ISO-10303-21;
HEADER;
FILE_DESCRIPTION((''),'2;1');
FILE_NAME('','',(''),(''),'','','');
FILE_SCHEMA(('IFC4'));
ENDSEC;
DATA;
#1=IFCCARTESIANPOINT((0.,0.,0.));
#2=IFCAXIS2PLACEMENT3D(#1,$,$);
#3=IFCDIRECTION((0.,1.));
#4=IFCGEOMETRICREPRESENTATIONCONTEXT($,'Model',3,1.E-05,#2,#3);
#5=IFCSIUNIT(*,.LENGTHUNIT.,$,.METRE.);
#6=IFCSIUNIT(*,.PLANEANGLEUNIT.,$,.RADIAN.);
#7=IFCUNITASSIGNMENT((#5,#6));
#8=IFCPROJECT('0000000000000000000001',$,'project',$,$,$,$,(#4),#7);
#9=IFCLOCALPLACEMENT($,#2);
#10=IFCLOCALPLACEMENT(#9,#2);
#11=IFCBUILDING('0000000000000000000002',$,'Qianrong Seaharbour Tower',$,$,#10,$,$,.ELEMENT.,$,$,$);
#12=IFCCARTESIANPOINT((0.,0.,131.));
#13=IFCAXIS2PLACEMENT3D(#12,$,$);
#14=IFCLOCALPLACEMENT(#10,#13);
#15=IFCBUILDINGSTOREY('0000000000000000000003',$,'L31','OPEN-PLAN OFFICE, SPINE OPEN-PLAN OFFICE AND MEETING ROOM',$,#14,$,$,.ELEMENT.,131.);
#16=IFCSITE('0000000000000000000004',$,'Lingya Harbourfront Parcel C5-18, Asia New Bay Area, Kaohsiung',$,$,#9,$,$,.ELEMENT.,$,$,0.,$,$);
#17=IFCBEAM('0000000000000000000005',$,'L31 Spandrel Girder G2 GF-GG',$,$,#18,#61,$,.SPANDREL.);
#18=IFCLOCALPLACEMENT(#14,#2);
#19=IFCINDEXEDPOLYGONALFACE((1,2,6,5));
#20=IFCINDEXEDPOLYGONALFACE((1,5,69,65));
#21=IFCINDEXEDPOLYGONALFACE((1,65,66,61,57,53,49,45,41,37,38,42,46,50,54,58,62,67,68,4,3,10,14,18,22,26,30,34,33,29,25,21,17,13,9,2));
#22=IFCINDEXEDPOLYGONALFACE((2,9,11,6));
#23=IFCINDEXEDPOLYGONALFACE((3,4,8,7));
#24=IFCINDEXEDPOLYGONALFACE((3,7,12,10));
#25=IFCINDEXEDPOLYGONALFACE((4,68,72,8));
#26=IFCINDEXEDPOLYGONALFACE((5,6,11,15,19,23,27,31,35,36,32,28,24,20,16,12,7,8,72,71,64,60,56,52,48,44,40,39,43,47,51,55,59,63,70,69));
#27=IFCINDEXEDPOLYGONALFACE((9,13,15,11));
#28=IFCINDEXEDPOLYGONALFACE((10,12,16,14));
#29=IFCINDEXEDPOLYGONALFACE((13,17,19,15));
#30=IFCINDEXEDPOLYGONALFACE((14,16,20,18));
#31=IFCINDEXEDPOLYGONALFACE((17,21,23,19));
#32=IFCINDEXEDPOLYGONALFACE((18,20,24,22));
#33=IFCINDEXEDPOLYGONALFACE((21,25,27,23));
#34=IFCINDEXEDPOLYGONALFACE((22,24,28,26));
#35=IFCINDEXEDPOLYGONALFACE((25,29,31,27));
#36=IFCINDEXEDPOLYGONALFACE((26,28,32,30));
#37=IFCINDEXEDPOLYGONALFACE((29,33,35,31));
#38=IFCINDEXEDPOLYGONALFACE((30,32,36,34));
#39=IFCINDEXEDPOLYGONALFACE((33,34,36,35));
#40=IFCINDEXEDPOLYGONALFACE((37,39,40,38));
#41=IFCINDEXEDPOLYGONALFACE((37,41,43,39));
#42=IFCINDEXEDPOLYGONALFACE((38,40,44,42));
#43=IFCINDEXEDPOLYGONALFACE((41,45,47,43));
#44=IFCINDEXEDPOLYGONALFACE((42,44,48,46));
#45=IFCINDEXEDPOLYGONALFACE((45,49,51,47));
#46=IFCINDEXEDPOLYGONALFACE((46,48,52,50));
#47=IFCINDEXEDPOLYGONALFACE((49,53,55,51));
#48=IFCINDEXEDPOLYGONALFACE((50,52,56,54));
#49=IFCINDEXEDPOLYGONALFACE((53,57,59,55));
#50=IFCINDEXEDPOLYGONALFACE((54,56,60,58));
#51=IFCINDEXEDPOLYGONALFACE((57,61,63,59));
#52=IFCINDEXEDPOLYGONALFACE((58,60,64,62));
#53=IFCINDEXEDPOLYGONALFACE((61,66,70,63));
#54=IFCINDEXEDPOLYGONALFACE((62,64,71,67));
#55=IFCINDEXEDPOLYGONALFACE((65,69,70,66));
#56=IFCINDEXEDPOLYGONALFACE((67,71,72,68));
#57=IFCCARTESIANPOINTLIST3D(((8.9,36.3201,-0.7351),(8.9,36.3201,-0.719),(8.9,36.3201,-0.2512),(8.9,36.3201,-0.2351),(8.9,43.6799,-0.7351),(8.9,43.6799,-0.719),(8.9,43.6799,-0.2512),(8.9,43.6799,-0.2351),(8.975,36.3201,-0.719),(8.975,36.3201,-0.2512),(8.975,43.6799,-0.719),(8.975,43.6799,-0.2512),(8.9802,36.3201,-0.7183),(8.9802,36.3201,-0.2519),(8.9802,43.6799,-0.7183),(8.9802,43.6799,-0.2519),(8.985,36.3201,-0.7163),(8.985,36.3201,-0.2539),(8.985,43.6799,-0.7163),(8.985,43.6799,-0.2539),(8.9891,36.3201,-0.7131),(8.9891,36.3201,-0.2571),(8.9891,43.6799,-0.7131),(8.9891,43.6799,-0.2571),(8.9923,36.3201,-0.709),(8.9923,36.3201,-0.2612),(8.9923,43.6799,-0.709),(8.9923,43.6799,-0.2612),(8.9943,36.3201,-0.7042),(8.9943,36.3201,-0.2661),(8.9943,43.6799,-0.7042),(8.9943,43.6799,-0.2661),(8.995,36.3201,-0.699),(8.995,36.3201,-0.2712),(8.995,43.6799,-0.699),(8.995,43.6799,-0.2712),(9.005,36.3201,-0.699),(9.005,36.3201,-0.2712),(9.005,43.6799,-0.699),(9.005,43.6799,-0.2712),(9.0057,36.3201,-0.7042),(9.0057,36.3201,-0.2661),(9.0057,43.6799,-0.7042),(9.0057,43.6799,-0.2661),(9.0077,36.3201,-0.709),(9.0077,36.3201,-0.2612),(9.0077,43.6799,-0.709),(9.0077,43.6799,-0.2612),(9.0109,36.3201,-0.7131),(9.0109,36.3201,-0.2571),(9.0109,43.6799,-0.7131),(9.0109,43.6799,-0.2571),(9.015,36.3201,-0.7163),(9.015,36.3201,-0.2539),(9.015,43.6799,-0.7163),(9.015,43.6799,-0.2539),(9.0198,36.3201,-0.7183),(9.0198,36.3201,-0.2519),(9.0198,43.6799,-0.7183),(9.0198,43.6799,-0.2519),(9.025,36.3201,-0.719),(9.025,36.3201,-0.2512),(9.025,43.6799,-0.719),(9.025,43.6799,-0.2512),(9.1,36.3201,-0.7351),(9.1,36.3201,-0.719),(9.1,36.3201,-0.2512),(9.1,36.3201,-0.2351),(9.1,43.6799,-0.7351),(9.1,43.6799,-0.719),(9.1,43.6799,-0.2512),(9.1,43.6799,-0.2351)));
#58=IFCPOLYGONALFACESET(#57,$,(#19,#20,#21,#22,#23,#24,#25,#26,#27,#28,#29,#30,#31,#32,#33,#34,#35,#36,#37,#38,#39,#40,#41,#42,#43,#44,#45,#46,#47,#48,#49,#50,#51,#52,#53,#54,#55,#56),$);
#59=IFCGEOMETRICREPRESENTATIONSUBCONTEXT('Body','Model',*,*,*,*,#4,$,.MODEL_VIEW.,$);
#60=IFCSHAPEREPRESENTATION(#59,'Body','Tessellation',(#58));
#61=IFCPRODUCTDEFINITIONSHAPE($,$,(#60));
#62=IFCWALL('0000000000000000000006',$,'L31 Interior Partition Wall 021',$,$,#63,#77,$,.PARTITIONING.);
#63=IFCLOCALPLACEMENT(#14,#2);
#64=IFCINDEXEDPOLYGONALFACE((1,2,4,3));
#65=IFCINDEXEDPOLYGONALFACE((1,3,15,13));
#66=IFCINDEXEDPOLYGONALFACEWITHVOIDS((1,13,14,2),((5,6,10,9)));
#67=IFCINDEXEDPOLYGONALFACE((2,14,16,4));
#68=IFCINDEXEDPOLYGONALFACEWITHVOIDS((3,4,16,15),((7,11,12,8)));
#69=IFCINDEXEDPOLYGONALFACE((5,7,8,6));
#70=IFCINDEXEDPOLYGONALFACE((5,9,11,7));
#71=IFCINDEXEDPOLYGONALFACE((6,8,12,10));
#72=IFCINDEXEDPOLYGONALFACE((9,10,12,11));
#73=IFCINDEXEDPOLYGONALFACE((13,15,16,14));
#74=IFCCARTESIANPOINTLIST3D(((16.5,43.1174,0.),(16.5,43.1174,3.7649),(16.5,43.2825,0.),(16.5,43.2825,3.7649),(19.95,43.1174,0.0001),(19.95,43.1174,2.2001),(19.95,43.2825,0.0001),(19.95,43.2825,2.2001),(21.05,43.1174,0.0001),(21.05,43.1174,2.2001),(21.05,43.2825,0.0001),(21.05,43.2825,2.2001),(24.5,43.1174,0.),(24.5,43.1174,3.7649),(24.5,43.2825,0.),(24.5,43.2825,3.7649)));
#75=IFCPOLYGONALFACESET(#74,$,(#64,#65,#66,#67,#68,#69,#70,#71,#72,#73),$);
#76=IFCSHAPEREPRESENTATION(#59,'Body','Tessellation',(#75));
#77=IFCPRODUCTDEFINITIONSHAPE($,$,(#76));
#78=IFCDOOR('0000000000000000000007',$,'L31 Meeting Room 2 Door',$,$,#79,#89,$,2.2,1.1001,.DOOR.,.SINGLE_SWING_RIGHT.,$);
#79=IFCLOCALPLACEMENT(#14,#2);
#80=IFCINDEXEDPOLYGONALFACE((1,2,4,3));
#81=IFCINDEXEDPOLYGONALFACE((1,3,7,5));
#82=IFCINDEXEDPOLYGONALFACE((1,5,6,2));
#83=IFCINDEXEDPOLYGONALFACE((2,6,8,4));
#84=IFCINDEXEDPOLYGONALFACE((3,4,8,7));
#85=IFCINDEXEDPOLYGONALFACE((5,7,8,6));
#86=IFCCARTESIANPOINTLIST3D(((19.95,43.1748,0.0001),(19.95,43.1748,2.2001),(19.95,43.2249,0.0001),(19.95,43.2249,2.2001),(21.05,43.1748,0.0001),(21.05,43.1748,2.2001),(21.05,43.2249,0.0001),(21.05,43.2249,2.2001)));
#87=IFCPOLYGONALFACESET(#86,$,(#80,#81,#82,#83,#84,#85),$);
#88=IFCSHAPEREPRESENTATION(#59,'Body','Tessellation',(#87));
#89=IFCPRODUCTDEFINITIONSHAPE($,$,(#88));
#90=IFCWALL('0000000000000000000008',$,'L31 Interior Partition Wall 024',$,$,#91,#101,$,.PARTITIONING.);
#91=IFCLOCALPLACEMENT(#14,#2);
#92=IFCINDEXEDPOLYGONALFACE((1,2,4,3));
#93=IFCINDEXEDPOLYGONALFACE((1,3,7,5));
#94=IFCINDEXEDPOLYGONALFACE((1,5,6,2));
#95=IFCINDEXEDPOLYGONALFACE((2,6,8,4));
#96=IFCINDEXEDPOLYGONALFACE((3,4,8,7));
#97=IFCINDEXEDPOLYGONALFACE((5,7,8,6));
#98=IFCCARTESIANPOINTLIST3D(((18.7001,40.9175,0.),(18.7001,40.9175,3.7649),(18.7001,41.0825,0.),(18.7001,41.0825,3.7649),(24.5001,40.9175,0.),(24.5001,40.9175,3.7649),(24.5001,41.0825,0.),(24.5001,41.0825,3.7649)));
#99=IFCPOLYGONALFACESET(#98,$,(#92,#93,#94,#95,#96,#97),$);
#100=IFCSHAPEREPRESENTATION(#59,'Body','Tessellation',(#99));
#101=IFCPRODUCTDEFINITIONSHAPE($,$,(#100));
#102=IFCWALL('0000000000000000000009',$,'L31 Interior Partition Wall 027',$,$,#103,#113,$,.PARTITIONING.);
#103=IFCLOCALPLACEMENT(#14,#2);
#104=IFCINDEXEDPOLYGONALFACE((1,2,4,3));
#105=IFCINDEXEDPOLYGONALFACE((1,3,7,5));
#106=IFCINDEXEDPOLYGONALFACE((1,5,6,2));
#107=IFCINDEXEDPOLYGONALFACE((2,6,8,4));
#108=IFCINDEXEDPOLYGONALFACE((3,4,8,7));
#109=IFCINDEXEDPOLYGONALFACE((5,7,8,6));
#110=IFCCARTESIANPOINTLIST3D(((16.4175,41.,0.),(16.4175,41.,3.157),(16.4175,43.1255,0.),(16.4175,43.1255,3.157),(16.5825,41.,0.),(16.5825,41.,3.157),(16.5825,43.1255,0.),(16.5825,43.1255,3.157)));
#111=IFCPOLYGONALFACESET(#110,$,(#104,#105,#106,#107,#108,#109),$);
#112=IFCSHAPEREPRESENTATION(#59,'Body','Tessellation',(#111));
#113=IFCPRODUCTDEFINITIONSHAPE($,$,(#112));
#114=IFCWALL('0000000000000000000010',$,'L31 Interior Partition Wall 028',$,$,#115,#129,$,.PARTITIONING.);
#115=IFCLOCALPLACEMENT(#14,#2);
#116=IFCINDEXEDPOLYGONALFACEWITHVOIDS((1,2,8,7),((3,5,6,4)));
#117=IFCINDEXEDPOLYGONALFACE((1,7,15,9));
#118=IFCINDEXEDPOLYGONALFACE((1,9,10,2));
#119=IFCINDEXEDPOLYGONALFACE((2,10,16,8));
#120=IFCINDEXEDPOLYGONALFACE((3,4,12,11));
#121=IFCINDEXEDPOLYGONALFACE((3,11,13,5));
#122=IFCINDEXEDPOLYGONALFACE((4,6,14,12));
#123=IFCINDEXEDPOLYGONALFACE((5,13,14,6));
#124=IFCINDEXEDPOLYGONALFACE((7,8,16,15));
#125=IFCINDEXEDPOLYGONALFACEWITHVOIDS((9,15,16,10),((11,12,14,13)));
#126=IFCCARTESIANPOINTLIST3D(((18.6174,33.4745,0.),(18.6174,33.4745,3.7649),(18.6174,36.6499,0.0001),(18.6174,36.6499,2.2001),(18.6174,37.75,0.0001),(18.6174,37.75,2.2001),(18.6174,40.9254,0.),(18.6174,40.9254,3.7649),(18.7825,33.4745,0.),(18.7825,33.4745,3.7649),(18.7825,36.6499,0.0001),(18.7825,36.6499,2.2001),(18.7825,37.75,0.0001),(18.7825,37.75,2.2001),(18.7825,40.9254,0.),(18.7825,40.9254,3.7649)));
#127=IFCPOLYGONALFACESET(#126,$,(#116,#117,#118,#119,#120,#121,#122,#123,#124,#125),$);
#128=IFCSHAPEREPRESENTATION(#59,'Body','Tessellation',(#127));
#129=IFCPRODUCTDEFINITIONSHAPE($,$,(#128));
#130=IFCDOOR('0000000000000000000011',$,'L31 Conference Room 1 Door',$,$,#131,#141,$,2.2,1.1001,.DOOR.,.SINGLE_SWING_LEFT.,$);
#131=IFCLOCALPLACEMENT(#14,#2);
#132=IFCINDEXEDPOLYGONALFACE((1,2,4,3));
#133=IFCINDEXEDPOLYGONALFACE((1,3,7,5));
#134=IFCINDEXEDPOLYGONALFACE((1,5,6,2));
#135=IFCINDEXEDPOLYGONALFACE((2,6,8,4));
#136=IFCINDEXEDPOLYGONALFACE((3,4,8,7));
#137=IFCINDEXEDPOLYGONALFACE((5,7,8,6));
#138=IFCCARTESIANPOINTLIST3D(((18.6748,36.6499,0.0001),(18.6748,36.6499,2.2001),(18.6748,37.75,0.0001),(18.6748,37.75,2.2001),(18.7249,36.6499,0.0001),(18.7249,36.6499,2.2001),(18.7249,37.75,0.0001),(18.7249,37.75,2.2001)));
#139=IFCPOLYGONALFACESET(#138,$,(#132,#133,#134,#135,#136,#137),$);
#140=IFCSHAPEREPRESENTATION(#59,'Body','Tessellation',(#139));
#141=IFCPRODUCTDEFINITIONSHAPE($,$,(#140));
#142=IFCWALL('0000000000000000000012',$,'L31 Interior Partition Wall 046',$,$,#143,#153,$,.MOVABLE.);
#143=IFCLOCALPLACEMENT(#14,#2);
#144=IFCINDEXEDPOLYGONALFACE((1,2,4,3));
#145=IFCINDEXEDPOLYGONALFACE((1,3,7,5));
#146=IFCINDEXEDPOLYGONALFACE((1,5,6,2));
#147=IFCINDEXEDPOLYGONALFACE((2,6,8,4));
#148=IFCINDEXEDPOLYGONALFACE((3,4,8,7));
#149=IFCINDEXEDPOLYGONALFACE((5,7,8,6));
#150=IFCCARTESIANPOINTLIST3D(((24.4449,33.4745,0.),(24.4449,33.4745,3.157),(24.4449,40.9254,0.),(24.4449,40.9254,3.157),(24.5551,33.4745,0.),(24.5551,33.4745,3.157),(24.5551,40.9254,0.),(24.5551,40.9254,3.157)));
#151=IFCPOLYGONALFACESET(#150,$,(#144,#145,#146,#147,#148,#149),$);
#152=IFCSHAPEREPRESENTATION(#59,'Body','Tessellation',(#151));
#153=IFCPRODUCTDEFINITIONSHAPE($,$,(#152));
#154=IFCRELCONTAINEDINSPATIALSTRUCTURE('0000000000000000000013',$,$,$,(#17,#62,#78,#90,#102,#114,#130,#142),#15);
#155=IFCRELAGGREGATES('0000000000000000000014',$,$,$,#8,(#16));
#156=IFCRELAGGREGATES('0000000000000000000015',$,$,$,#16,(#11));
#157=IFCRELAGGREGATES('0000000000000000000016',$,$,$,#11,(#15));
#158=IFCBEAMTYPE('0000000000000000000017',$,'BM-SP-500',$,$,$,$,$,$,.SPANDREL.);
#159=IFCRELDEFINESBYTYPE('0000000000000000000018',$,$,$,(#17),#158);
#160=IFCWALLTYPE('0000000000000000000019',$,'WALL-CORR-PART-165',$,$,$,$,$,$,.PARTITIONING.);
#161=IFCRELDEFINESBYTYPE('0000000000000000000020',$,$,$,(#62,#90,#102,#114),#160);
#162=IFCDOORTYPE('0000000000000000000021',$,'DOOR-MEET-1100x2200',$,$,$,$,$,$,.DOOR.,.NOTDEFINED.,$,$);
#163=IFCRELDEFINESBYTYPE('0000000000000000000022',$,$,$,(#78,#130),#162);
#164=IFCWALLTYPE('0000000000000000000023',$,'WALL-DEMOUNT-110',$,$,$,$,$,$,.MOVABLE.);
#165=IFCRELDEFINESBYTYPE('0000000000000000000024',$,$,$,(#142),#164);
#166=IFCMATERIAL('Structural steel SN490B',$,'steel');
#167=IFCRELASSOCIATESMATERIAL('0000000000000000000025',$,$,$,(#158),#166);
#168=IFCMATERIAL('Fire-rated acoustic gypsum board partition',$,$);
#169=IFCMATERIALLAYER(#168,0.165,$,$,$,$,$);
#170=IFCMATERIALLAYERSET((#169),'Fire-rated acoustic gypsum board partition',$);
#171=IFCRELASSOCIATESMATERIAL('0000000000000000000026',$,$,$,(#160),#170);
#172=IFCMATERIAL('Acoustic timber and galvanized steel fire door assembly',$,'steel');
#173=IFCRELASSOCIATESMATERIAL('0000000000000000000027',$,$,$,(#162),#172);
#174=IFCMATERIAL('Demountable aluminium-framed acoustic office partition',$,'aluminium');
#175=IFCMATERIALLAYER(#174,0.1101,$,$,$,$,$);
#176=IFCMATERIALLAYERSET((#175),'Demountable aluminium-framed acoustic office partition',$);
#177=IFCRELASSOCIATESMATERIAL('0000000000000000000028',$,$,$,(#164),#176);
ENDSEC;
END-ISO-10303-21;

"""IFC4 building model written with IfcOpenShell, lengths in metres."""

from ifc_helpers import new_model, si_unit, direction, frame, frame_2d, origin, origin_2d, place, context, subcontext, project, spatial, rectangle, i_section, extrude, material, layer, layer_set, material_profile, profile_set, type_object, element, fill, save


model = new_model("IFC4")

# Units and contexts
model_context = context("Model", 3, precision=1e-05, world=origin(), true_north=direction((0.0, 1.0)))
body_context = subcontext(model_context, "Body", "Model", "MODEL_VIEW")
ifc_project = project(units=[si_unit("LENGTHUNIT", "METRE"), si_unit("PLANEANGLEUNIT", "RADIAN")], contexts=[model_context])

# Site, building, storey
site_placement = place(None, origin())
site = spatial("IfcSite", under=ifc_project, at=site_placement, Name="Lingya Harbourfront Parcel C5-18, Asia New Bay Area, Kaohsiung", CompositionType="ELEMENT", RefElevation=0.0)
building_placement = place(site_placement, origin())
building = spatial("IfcBuilding", under=site, at=building_placement, Name="Qianrong Seaharbour Tower", CompositionType="ELEMENT")
storey_placement = place(building_placement, frame((0.0, 0.0, 131.0)))
storey = spatial("IfcBuildingStorey", under=building, at=storey_placement, Name="L31", Description="OPEN-PLAN OFFICE, SPINE OPEN-PLAN OFFICE AND MEETING ROOM", CompositionType="ELEMENT", Elevation=131.0)

# Shared definitions
ifc_material_1 = material(Name="Structural steel SN490B", Category="steel")

# Beam
ifc_material_profile_1 = material_profile(ifc_material_1, i_section(OverallWidth=0.2, OverallDepth=0.5, WebThickness=0.01, FlangeThickness=0.0161, FilletRadius=0.02, at=origin_2d()), Name="H500x200x10x16")
ifc_profile_set_1 = profile_set([ifc_material_profile_1], Name="Structural steel SN490B")
beam_type_1 = type_object("IfcBeamType", Name="BM-SP-500", PredefinedType="SPANDREL", material=ifc_profile_set_1)
beam_1_placement = place(storey_placement, frame((9.0, 36.3201, -0.4851), z_axis=(0.0, 1.0, 0.0), x_axis=(-1.0, 0.0, 0.0)))
element("IfcBeam", 1, at=beam_1_placement, inside=storey, type_object=beam_type_1, Name="L31 Spandrel Girder G2 GF-GG", PredefinedType="SPANDREL", context=body_context, shape_type="SweptSolid", body=[
    extrude(i_section(OverallWidth=0.2, OverallDepth=0.5, WebThickness=0.01, FlangeThickness=0.0161, FilletRadius=0.02, at=origin_2d()), origin(), (0.0, 0.0, 1.0), 7.3599),
])

# Wall, opening, door
ifc_material_2 = material(Name="Fire-rated acoustic gypsum board partition")
ifc_layer_1 = layer(ifc_material_2, 0.165)
ifc_layer_set_1 = layer_set([ifc_layer_1], Name="Fire-rated acoustic gypsum board partition")
wall_type_1 = type_object("IfcWallType", Name="WALL-CORR-PART-165", PredefinedType="PARTITIONING", material=ifc_layer_set_1)
wall_1_placement = place(storey_placement, frame((16.5, 43.2, 0.0), z_axis=(0.0, 0.0, 1.0), x_axis=(1.0, 0.0, 0.0)))
wall_1 = element("IfcWall", 2, at=wall_1_placement, inside=storey, type_object=wall_type_1, Name="L31 Interior Partition Wall 021", PredefinedType="PARTITIONING", context=body_context, shape_type="SweptSolid", body=[
    extrude(rectangle(XDim=8.0, YDim=0.165, at=frame_2d((4.0, 0.0))), origin(), (0.0, 0.0, 1.0), 3.7649),
])
opening_1_placement = place(wall_1_placement, frame((3.45, 0.0, 0.0)))
opening_1 = element("IfcOpeningElement", 3, at=opening_1_placement, cuts=wall_1, PredefinedType="OPENING", context=body_context, shape_type="SweptSolid", body=[
    extrude(rectangle(XDim=1.1001, YDim=2.2, at=frame_2d((0.55, 1.1001))), frame((0.0, 0.0925, 0.0), z_axis=(0.0, -1.0, 0.0), x_axis=(1.0, 0.0, 0.0)), (0.0, 0.0, 1.0), 0.1851),
])
ifc_material_3 = material(Name="Acoustic timber and galvanized steel fire door assembly", Category="steel")
door_type = type_object("IfcDoorType", Name="DOOR-MEET-1100x2200", OperationType="NOTDEFINED", PredefinedType="DOOR", material=ifc_material_3)
door_1_placement = place(opening_1_placement, origin())
door_1 = element("IfcDoor", 4, at=door_1_placement, inside=storey, type_object=door_type, Name="L31 Meeting Room 2 Door", OperationType="SINGLE_SWING_RIGHT", OverallHeight=2.2, OverallWidth=1.1001, PredefinedType="DOOR", context=body_context, shape_type="SweptSolid", body=[
    extrude(rectangle(XDim=1.1001, YDim=2.2, at=frame_2d((0.55, 1.1001))), frame((0.0, 0.0249, 0.0), z_axis=(0.0, -1.0, 0.0), x_axis=(1.0, 0.0, 0.0)), (0.0, 0.0, 1.0), 0.05),
])
fill(opening_1, door_1)

# Walls
wall_2_placement = place(storey_placement, frame((24.5, 41.0, 0.0), z_axis=(0.0, 0.0, 1.0), x_axis=(-1.0, 0.0, 0.0)))
element("IfcWall", 5, at=wall_2_placement, inside=storey, type_object=wall_type_1, Name="L31 Interior Partition Wall 024", PredefinedType="PARTITIONING", context=body_context, shape_type="SweptSolid", body=[
    extrude(rectangle(XDim=5.8, YDim=0.165, at=frame_2d((2.8999, 0.0))), origin(), (0.0, 0.0, 1.0), 3.7649),
])
wall_3_placement = place(storey_placement, frame((16.5, 41.0, 0.0), z_axis=(0.0, 0.0, 1.0), x_axis=(0.0, 1.0, 0.0)))
element("IfcWall", 6, at=wall_3_placement, inside=storey, type_object=wall_type_1, Name="L31 Interior Partition Wall 027", PredefinedType="PARTITIONING", context=body_context, shape_type="SweptSolid", body=[
    extrude(rectangle(XDim=2.1255, YDim=0.165, at=frame_2d((1.0627, 0.0))), origin(), (0.0, 0.0, 1.0), 3.157),
])

# Wall, opening, door
wall_4_placement = place(storey_placement, frame((18.7, 40.9255, 0.0), z_axis=(0.0, 0.0, 1.0), x_axis=(0.0, -1.0, 0.0)))
wall_4 = element("IfcWall", 7, at=wall_4_placement, inside=storey, type_object=wall_type_1, Name="L31 Interior Partition Wall 028", PredefinedType="PARTITIONING", context=body_context, shape_type="SweptSolid", body=[
    extrude(rectangle(XDim=7.4509, YDim=0.165, at=frame_2d((3.7256, 0.0))), origin(), (0.0, 0.0, 1.0), 3.7649),
])
opening_2_placement = place(wall_4_placement, frame((3.1755, 0.0, 0.0)))
opening_2 = element("IfcOpeningElement", 8, at=opening_2_placement, cuts=wall_4, PredefinedType="OPENING", context=body_context, shape_type="SweptSolid", body=[
    extrude(rectangle(XDim=1.1001, YDim=2.2, at=frame_2d((0.55, 1.1001))), frame((0.0, 0.0925, 0.0), z_axis=(0.0, -1.0, 0.0), x_axis=(1.0, 0.0, 0.0)), (0.0, 0.0, 1.0), 0.1851),
])
door_2_placement = place(opening_2_placement, origin())
door_2 = element("IfcDoor", 9, at=door_2_placement, inside=storey, type_object=door_type, Name="L31 Conference Room 1 Door", OperationType="SINGLE_SWING_LEFT", OverallHeight=2.2, OverallWidth=1.1001, PredefinedType="DOOR", context=body_context, shape_type="SweptSolid", body=[
    extrude(rectangle(XDim=1.1001, YDim=2.2, at=frame_2d((0.55, 1.1001))), frame((0.0, 0.0249, 0.0), z_axis=(0.0, -1.0, 0.0), x_axis=(1.0, 0.0, 0.0)), (0.0, 0.0, 1.0), 0.05),
])
fill(opening_2, door_2)

# Wall
ifc_material_4 = material(Name="Demountable aluminium-framed acoustic office partition", Category="aluminium")
ifc_layer_2 = layer(ifc_material_4, 0.1101)
ifc_layer_set_2 = layer_set([ifc_layer_2], Name="Demountable aluminium-framed acoustic office partition")
wall_type_2 = type_object("IfcWallType", Name="WALL-DEMOUNT-110", PredefinedType="MOVABLE", material=ifc_layer_set_2)
wall_5_placement = place(storey_placement, frame((24.5, 40.9255, 0.0), z_axis=(0.0, 0.0, 1.0), x_axis=(0.0, -1.0, 0.0)))
element("IfcWall", 10, at=wall_5_placement, inside=storey, type_object=wall_type_2, Name="L31 Interior Partition Wall 046", PredefinedType="MOVABLE", context=body_context, shape_type="SweptSolid", body=[
    extrude(rectangle(XDim=7.4509, YDim=0.1101, at=frame_2d((3.7256, 0.0))), origin(), (0.0, 0.0, 1.0), 3.157),
])

save(model, "model.ifc")
